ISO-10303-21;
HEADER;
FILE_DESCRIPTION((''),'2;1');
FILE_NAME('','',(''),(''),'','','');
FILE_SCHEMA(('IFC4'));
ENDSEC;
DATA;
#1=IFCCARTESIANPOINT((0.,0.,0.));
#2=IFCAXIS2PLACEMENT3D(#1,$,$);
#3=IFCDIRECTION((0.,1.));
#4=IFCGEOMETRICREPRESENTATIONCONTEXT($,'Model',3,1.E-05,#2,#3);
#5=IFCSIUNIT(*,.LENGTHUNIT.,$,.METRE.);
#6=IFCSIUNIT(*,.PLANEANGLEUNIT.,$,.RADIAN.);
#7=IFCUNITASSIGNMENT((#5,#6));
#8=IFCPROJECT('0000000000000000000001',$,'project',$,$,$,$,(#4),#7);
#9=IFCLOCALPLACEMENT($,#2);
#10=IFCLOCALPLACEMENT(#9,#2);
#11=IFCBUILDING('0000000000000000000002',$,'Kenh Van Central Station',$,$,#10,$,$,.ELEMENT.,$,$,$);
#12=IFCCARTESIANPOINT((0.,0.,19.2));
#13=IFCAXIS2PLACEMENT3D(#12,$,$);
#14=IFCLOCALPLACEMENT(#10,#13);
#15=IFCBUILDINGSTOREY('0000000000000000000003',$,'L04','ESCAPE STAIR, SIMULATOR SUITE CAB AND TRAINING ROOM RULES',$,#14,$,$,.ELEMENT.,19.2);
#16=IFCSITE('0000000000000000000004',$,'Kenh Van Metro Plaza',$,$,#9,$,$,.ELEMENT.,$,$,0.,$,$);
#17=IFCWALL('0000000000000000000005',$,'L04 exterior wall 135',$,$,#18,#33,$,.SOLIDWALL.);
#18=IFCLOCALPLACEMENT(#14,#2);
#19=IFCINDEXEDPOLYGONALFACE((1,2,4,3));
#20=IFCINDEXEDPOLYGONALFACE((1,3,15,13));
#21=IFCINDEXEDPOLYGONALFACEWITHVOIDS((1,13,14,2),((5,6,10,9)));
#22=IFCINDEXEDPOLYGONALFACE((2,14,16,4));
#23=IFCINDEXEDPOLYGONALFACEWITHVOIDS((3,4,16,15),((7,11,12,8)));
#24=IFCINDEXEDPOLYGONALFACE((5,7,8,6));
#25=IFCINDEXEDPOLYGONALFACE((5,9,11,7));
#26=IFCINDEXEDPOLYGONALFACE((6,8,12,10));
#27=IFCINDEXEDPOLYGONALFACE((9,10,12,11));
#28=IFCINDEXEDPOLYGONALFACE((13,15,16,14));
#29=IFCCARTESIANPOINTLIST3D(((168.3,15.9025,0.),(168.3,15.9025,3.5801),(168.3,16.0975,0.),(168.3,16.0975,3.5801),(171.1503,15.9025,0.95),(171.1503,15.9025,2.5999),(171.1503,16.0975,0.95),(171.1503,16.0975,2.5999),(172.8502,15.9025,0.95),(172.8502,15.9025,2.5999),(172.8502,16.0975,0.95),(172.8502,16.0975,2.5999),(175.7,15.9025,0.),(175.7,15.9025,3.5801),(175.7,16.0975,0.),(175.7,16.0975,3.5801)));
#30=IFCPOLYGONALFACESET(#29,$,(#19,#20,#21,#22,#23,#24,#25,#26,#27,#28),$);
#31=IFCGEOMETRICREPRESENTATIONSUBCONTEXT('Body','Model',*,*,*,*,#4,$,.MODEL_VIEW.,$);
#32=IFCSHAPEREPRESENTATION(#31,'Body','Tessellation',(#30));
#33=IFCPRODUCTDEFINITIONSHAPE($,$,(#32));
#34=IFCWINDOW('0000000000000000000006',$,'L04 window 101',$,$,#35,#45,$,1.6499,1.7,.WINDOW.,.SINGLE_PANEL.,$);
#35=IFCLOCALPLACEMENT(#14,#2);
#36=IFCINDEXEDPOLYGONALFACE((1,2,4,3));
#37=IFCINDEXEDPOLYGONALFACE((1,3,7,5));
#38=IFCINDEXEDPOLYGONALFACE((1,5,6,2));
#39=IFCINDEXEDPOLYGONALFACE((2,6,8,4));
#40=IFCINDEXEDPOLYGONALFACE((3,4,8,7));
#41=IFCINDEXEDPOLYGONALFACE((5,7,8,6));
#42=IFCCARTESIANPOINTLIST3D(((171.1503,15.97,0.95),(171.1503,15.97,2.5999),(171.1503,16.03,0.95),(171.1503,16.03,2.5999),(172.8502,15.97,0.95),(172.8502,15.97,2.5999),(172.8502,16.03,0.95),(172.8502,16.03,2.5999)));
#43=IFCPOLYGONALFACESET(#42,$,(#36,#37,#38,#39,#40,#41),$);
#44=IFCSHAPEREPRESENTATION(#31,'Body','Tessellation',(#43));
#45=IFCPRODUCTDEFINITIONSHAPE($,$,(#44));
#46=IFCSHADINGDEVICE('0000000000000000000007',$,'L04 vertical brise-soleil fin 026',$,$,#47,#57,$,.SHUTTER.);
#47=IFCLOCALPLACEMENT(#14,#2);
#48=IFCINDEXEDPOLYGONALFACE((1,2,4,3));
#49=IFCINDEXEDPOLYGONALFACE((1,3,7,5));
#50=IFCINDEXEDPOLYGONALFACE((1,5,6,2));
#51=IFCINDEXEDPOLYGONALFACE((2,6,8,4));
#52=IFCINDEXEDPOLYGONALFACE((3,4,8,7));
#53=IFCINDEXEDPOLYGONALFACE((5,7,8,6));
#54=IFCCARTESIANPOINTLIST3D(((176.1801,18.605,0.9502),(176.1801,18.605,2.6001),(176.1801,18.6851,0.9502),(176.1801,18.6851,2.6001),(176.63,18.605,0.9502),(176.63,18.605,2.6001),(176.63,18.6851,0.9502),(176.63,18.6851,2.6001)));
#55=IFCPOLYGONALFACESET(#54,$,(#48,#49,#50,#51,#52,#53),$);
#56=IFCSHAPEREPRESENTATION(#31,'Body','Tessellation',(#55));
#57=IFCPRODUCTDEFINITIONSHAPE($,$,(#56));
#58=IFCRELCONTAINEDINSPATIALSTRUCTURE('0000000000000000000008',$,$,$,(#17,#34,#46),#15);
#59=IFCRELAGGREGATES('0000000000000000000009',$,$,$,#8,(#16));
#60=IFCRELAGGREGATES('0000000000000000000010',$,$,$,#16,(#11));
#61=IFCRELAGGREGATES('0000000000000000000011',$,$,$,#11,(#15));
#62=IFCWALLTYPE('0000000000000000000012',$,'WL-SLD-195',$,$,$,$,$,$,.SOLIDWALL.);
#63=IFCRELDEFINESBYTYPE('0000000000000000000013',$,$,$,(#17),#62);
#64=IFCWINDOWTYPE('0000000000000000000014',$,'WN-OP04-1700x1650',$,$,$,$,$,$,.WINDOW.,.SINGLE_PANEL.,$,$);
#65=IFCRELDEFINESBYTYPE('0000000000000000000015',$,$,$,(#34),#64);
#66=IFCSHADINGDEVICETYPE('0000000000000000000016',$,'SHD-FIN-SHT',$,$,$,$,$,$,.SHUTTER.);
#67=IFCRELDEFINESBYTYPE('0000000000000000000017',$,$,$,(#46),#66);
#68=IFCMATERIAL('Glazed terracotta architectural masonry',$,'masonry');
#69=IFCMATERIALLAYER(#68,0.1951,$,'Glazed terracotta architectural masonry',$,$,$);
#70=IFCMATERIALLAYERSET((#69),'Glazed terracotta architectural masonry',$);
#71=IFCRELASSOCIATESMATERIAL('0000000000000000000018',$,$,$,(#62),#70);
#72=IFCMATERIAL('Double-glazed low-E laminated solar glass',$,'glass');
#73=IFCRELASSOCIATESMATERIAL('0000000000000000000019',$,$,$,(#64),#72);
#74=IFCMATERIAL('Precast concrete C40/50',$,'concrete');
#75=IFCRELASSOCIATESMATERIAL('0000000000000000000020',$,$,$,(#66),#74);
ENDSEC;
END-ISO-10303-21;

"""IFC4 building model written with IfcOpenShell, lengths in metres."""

from ifc_helpers import new_model, si_unit, direction, frame, frame_2d, origin, origin_2d, place, context, subcontext, project, spatial, rectangle, extrude, material, layer, layer_set, type_object, element, fill, save


model = new_model("IFC4")

# Units and contexts
model_context = context("Model", 3, precision=1e-05, world=origin(), true_north=direction((0.0, 1.0)))
body_context = subcontext(model_context, "Body", "Model", "MODEL_VIEW")
ifc_project = project(units=[si_unit("LENGTHUNIT", "METRE"), si_unit("PLANEANGLEUNIT", "RADIAN")], contexts=[model_context])

# Site, building, storey
site_placement = place(None, origin())
site = spatial("IfcSite", under=ifc_project, at=site_placement, Name="Kenh Van Metro Plaza", CompositionType="ELEMENT", RefElevation=0.0)
building_placement = place(site_placement, origin())
building = spatial("IfcBuilding", under=site, at=building_placement, Name="Kenh Van Central Station", CompositionType="ELEMENT")
storey_placement = place(building_placement, frame((0.0, 0.0, 19.2)))
storey = spatial("IfcBuildingStorey", under=building, at=storey_placement, Name="L04", Description="ESCAPE STAIR, SIMULATOR SUITE CAB AND TRAINING ROOM RULES", CompositionType="ELEMENT", Elevation=19.2)

# Shared definitions
ifc_material_1 = material(Name="Double-glazed low-E laminated solar glass", Category="glass")

# Wall, opening, window
ifc_material_2 = material(Name="Glazed terracotta architectural masonry", Category="masonry")
ifc_layer_1 = layer(ifc_material_2, 0.1951, Name="Glazed terracotta architectural masonry")
ifc_layer_set_1 = layer_set([ifc_layer_1], Name="Glazed terracotta architectural masonry")
wall_type_1 = type_object("IfcWallType", Name="WL-SLD-195", PredefinedType="SOLIDWALL", material=ifc_layer_set_1)
wall_1_placement = place(storey_placement, frame((168.3, 16.0, 0.0), z_axis=(0.0, 0.0, 1.0), x_axis=(1.0, 0.0, 0.0)))
wall_1 = element("IfcWall", 1, at=wall_1_placement, inside=storey, type_object=wall_type_1, Name="L04 exterior wall 135", PredefinedType="SOLIDWALL", context=body_context, shape_type="SweptSolid", body=[
    extrude(rectangle(XDim=7.3999, YDim=0.1951, at=frame_2d((3.7, 0.0))), origin(), (0.0, 0.0, 1.0), 3.5801),
])
opening_1_placement = place(wall_1_placement, frame((2.8501, 0.0, 0.95)))
opening_1 = element("IfcOpeningElement", 2, at=opening_1_placement, cuts=wall_1, PredefinedType="OPENING", context=body_context, shape_type="SweptSolid", body=[
    extrude(rectangle(XDim=1.7, YDim=1.6499, at=frame_2d((0.8501, 0.825))), frame((0.0, 0.1074, 0.0), z_axis=(0.0, -1.0, 0.0), x_axis=(1.0, 0.0, 0.0)), (0.0, 0.0, 1.0), 0.2151),
])
window_type_1 = type_object("IfcWindowType", Name="WN-OP04-1700x1650", PartitioningType="SINGLE_PANEL", PredefinedType="WINDOW", material=ifc_material_1)
window_1_placement = place(opening_1_placement, origin())
window_1 = element("IfcWindow", 3, at=window_1_placement, inside=storey, type_object=window_type_1, Name="L04 window 101", OverallHeight=1.6499, OverallWidth=1.7, PartitioningType="SINGLE_PANEL", PredefinedType="WINDOW", context=body_context, shape_type="SweptSolid", body=[
    extrude(rectangle(XDim=1.7, YDim=1.6499, at=frame_2d((0.8501, 0.825))), frame((0.0, 0.03, 0.0), z_axis=(0.0, -1.0, 0.0), x_axis=(1.0, 0.0, 0.0)), (0.0, 0.0, 1.0), 0.0601),
])
fill(opening_1, window_1)

# Shading device
ifc_material_3 = material(Name="Precast concrete C40/50", Category="concrete")
shading_device_type = type_object("IfcShadingDeviceType", Name="SHD-FIN-SHT", PredefinedType="SHUTTER", material=ifc_material_3)
shading_device_placement = place(storey_placement, frame((176.405, 18.645, 0.9502), z_axis=(0.0, 0.0, 1.0), x_axis=(1.0, 0.0, 0.0)))
element("IfcShadingDevice", 4, at=shading_device_placement, inside=storey, type_object=shading_device_type, Name="L04 vertical brise-soleil fin 026", PredefinedType="SHUTTER", context=body_context, shape_type="SweptSolid", body=[
    extrude(rectangle(XDim=0.45, YDim=0.0801, at=origin_2d()), origin(), (0.0, 0.0, 1.0), 1.6499),
])

save(model, "model.ifc")
